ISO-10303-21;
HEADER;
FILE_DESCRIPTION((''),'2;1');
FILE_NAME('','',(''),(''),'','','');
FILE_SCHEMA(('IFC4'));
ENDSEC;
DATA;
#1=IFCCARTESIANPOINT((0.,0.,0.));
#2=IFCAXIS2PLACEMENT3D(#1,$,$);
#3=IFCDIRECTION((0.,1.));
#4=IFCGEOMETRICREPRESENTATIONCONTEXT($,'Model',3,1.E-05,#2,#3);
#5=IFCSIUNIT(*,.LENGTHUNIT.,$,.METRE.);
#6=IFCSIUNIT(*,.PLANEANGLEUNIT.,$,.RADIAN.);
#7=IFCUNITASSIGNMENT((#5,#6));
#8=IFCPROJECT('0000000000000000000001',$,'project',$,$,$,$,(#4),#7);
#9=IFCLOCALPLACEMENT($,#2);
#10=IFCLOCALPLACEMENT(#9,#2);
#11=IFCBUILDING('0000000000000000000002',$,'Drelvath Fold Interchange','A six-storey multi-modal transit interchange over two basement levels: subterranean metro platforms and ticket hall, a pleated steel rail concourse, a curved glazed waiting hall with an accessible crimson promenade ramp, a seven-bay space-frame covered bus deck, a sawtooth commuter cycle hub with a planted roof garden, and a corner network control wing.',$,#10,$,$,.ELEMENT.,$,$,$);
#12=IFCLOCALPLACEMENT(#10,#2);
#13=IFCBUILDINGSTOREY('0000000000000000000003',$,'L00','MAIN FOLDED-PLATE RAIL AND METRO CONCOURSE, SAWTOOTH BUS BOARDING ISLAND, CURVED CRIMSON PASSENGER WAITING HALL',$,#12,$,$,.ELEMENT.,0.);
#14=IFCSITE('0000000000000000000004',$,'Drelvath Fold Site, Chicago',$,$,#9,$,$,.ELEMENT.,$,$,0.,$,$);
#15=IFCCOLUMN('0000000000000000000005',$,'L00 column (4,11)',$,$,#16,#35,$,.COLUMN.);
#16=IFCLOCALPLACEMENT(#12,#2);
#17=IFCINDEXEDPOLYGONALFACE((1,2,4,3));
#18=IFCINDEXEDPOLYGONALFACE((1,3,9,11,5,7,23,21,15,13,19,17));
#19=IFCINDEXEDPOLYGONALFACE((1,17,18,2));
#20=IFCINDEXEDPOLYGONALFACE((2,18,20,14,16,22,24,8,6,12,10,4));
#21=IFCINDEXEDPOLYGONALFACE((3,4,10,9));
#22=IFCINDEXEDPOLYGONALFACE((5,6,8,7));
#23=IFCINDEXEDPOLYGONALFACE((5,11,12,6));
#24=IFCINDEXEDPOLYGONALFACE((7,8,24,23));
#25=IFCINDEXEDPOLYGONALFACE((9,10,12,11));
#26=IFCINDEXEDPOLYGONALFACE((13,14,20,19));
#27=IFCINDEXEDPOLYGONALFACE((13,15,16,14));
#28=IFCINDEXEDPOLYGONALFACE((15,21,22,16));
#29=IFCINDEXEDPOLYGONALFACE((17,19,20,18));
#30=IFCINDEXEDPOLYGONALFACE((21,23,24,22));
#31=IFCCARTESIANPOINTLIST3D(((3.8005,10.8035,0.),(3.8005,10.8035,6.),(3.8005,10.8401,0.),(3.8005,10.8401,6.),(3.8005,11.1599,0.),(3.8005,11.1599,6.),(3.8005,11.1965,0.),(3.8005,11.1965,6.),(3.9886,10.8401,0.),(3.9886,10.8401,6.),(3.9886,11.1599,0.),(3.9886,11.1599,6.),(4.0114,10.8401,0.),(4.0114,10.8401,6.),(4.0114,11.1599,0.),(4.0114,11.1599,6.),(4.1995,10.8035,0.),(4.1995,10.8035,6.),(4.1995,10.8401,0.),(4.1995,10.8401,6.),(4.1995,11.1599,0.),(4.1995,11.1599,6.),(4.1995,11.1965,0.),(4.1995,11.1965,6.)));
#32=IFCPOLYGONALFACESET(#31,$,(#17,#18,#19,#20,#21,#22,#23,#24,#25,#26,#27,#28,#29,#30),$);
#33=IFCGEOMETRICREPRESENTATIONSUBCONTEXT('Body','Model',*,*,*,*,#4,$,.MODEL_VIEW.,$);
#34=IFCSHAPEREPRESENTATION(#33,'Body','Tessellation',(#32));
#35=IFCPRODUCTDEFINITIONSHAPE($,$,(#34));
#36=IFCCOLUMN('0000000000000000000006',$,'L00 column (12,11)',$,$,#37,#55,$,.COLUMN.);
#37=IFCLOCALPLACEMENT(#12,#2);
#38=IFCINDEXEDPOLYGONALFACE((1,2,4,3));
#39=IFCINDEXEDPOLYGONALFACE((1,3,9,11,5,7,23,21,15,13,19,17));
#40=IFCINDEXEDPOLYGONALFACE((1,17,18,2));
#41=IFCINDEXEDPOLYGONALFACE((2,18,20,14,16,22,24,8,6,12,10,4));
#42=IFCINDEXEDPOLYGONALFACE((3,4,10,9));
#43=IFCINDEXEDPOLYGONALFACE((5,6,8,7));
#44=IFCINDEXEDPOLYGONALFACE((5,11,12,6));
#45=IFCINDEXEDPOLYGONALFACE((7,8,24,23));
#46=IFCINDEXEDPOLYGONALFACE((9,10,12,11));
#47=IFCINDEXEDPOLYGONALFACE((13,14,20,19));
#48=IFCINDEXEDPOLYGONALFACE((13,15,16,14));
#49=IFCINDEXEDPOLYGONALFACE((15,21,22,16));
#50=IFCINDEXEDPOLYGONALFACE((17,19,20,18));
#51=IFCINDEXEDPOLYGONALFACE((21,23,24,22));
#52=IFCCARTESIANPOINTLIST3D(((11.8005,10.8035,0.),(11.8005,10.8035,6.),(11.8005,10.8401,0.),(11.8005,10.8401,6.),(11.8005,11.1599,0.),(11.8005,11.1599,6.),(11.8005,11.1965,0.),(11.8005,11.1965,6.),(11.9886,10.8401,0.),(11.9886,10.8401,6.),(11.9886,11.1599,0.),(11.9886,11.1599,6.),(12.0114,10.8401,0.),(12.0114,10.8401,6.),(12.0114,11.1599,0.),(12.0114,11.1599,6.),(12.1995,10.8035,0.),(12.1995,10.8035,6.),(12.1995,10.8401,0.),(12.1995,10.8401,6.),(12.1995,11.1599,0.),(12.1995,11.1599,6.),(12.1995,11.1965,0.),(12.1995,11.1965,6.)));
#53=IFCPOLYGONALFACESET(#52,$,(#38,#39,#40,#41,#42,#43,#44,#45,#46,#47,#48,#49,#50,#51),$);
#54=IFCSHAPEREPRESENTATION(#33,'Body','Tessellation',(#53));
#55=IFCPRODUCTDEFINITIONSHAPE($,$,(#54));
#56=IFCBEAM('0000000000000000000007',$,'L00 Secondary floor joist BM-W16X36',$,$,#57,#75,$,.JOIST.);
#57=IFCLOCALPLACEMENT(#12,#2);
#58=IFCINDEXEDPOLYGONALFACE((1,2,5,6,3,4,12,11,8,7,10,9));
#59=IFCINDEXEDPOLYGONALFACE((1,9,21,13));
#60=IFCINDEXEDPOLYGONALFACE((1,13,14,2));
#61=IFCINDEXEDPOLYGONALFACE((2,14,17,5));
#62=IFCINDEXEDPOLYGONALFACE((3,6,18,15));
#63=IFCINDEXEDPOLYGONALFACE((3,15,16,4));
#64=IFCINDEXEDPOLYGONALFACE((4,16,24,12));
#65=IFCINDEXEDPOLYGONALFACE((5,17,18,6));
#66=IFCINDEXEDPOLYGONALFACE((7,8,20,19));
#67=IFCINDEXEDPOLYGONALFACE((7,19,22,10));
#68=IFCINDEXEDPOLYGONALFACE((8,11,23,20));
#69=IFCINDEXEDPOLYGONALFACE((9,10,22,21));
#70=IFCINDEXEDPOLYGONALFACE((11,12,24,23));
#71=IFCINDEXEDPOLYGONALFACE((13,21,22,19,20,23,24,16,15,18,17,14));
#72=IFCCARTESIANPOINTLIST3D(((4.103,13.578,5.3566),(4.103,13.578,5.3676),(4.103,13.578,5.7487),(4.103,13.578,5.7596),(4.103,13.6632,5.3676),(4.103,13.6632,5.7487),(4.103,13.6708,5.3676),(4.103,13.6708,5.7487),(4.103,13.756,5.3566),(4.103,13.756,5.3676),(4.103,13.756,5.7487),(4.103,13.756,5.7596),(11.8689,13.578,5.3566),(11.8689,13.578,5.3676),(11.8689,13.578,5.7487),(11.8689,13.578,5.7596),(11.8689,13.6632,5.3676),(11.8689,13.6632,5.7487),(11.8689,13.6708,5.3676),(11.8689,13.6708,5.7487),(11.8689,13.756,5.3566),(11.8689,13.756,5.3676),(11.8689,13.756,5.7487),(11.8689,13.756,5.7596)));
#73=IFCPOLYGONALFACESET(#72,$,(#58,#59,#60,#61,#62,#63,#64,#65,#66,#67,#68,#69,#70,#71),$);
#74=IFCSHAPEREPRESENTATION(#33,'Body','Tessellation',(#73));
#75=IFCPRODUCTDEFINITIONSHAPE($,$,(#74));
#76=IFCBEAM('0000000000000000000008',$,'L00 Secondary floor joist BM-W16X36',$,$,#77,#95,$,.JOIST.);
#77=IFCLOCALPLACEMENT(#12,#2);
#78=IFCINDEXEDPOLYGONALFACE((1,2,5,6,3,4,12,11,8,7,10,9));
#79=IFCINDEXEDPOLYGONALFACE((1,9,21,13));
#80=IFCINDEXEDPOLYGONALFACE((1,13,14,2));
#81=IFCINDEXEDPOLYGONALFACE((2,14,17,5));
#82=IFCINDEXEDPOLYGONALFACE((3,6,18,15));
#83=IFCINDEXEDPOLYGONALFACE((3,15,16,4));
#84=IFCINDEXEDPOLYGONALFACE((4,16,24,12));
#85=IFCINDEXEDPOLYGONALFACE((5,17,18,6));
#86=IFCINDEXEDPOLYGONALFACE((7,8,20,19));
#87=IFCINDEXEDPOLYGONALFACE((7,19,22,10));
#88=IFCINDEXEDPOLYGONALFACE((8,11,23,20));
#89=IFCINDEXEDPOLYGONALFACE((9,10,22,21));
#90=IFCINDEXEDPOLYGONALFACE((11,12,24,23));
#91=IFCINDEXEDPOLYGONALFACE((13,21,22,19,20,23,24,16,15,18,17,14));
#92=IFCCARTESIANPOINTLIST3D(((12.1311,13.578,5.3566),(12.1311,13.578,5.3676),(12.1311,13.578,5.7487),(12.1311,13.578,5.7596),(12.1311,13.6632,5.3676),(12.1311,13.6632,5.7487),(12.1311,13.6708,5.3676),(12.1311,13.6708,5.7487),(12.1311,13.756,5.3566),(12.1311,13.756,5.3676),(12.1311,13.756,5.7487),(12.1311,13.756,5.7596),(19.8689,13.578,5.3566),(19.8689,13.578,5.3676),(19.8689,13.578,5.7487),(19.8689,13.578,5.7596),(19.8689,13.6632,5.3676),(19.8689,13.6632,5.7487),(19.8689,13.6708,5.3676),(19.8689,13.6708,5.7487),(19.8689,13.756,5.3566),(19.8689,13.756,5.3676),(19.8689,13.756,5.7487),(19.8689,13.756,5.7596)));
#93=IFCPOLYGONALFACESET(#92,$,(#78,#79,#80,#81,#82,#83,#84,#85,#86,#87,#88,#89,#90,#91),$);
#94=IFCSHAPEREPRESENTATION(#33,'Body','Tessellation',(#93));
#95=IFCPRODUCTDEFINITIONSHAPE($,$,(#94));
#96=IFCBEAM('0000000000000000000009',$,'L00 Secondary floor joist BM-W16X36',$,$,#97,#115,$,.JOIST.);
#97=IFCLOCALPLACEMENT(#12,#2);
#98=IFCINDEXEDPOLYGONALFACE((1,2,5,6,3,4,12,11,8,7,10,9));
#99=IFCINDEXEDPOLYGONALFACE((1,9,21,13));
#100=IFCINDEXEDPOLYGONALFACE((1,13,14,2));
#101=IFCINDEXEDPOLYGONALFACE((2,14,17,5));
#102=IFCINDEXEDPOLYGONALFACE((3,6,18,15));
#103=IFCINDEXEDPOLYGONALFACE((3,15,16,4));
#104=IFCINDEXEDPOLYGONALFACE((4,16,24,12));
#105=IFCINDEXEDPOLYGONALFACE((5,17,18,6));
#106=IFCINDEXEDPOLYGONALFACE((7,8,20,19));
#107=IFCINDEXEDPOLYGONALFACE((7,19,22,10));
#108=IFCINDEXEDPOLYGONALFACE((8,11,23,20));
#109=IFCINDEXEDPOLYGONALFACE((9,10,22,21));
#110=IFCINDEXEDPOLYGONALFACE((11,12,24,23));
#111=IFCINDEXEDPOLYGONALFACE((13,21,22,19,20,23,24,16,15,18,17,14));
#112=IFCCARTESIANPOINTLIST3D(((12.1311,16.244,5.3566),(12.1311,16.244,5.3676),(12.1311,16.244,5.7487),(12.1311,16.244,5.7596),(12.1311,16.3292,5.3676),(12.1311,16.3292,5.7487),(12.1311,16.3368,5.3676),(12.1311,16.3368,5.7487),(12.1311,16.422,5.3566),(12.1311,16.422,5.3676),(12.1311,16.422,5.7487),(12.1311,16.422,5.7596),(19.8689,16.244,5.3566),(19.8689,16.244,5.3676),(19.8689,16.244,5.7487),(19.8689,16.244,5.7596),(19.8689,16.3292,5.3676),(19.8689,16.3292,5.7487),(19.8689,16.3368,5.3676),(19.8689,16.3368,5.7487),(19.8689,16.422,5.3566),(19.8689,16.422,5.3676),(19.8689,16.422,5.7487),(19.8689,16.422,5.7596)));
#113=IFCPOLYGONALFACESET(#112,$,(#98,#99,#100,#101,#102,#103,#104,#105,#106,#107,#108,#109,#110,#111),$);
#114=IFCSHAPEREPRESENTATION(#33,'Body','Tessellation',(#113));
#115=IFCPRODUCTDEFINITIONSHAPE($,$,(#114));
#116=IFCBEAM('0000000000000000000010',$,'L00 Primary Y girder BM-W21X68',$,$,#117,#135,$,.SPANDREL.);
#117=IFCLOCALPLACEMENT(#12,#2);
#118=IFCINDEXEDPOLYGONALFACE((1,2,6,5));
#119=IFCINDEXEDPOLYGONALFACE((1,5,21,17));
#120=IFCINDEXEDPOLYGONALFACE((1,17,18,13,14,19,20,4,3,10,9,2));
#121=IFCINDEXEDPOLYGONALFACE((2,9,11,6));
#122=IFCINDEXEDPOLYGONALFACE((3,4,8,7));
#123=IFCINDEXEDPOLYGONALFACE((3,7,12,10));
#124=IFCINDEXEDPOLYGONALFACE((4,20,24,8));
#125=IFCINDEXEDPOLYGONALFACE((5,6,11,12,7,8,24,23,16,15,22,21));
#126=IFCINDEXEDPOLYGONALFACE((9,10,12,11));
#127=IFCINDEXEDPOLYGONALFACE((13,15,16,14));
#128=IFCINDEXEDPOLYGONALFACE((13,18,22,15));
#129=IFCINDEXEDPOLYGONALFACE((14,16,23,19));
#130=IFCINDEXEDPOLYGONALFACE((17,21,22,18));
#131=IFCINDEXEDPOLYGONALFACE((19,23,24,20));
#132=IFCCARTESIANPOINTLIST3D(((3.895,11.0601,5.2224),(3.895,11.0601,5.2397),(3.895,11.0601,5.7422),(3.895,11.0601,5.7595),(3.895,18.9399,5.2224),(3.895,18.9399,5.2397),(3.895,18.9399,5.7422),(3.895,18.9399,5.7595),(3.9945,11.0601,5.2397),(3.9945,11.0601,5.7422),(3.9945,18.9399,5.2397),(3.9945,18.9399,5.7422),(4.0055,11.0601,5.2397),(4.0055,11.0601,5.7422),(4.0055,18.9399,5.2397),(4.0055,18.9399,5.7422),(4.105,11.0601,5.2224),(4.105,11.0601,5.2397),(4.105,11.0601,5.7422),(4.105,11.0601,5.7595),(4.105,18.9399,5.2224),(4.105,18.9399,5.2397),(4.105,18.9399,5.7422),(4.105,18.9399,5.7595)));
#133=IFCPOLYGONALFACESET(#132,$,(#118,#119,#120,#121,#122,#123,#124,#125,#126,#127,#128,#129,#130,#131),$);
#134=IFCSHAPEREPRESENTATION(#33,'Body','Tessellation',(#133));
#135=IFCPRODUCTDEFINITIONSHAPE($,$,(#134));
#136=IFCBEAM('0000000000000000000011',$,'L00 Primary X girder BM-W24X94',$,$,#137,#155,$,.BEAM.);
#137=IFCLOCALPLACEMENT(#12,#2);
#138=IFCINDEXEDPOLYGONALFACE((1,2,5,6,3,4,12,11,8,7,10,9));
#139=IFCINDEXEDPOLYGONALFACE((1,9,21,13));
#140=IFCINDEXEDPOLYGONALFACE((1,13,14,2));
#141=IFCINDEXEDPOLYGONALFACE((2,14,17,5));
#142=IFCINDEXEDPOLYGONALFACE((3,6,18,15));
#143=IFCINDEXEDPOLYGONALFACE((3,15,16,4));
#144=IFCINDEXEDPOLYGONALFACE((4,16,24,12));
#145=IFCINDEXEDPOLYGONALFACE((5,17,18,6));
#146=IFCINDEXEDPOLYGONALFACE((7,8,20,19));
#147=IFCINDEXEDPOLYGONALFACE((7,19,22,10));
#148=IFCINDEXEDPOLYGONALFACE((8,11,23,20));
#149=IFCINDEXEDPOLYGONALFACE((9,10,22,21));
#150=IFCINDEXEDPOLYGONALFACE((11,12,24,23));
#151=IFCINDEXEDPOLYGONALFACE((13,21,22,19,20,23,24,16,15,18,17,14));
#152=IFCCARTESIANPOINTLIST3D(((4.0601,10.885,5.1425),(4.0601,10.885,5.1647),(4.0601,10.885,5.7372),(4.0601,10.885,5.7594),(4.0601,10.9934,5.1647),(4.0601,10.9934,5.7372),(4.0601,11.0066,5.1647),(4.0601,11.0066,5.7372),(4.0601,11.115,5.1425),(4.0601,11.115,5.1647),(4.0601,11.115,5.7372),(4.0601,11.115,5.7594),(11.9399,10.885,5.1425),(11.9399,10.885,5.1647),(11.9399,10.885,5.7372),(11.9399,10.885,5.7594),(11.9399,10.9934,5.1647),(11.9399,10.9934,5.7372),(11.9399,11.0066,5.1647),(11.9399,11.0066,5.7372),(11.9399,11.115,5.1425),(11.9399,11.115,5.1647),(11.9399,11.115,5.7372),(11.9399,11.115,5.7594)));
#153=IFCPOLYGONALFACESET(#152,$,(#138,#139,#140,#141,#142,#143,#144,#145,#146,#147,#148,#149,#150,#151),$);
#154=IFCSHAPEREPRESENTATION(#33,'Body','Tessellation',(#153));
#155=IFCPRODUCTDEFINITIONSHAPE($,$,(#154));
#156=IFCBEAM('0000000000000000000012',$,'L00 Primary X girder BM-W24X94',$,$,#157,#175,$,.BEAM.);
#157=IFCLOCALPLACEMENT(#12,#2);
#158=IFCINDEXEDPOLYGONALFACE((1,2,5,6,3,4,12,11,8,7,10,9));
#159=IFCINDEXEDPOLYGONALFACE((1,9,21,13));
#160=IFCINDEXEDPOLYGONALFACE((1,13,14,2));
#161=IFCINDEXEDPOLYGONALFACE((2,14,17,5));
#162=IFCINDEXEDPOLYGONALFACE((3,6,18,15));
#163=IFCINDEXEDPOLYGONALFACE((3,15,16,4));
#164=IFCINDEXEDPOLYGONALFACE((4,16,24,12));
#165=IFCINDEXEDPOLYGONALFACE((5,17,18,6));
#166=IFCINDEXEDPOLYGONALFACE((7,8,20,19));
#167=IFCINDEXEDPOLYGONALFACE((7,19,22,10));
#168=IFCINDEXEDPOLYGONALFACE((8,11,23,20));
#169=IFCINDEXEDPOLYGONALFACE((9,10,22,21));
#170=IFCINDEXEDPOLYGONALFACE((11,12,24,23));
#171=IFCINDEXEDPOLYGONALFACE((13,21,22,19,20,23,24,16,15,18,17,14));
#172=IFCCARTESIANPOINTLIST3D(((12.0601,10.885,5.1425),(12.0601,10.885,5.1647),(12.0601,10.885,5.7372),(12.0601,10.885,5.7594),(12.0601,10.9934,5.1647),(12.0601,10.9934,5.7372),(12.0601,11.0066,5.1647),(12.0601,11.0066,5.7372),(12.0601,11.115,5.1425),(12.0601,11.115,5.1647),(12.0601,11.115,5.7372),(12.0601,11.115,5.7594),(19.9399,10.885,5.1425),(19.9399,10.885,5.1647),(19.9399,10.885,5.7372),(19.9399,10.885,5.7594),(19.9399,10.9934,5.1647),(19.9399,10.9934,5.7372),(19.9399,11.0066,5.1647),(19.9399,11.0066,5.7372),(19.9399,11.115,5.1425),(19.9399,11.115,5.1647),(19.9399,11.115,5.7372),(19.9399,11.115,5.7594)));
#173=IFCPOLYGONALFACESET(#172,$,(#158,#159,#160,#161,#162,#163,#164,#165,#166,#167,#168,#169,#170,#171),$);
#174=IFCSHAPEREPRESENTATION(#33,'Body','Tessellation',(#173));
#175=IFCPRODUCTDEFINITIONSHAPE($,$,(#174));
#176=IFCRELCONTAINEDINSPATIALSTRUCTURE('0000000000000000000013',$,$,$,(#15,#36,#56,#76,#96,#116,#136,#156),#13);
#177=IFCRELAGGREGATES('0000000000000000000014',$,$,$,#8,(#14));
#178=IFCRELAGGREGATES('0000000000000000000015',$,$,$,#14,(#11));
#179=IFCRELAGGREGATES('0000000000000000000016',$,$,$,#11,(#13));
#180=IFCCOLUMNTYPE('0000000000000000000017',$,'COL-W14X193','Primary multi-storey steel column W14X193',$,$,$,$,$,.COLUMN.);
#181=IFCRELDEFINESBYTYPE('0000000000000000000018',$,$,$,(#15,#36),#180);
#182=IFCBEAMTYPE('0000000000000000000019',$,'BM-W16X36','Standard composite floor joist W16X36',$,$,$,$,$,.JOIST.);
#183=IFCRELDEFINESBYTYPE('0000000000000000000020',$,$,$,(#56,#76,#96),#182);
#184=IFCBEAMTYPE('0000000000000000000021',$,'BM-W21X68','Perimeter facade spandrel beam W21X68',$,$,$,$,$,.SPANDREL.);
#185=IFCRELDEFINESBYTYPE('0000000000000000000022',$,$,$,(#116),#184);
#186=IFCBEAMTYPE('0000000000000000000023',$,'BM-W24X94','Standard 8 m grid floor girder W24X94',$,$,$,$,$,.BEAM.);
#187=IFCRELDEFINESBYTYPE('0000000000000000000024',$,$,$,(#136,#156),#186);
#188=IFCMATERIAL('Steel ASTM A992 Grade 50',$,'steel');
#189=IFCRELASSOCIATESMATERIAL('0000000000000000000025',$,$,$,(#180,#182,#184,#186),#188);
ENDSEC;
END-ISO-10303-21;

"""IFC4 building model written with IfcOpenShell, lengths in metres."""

from ifc_helpers import new_model, si_unit, direction, frame, origin, origin_2d, place, context, subcontext, project, spatial, i_section, extrude, material, material_profile, profile_set, type_object, element, save


model = new_model("IFC4")

# Units and contexts
model_context = context("Model", 3, precision=1e-05, world=origin(), true_north=direction((0.0, 1.0)))
body_context = subcontext(model_context, "Body", "Model", "MODEL_VIEW")
ifc_project = project(units=[si_unit("LENGTHUNIT", "METRE"), si_unit("PLANEANGLEUNIT", "RADIAN")], contexts=[model_context])

# Site, building, storey
site_placement = place(None, origin())
site = spatial("IfcSite", under=ifc_project, at=site_placement, Name="Drelvath Fold Site, Chicago", CompositionType="ELEMENT", RefElevation=0.0)
building_placement = place(site_placement, origin())
building = spatial("IfcBuilding", under=site, at=building_placement, Name="Drelvath Fold Interchange", Description="A six-storey multi-modal transit interchange over two basement levels: subterranean metro platforms and ticket hall, a pleated steel rail concourse, a curved glazed waiting hall with an accessible crimson promenade ramp, a seven-bay space-frame covered bus deck, a sawtooth commuter cycle hub with a planted roof garden, and a corner network control wing.", CompositionType="ELEMENT")
storey_placement = place(building_placement, origin())
storey = spatial("IfcBuildingStorey", under=building, at=storey_placement, Name="L00", Description="MAIN FOLDED-PLATE RAIL AND METRO CONCOURSE, SAWTOOTH BUS BOARDING ISLAND, CURVED CRIMSON PASSENGER WAITING HALL", CompositionType="ELEMENT", Elevation=0.0)

# Columns
ifc_material_1 = material(Name="Steel ASTM A992 Grade 50", Category="steel")
ifc_material_profile_1 = material_profile(ifc_material_1, i_section(OverallWidth=0.3989, OverallDepth=0.3931, WebThickness=0.0227, FlangeThickness=0.0366, at=origin_2d()), Name="W14X193")
ifc_profile_set_1 = profile_set([ifc_material_profile_1], Name="Steel ASTM A992 Grade 50")
column_type = type_object("IfcColumnType", Name="COL-W14X193", Description="Primary multi-storey steel column W14X193", PredefinedType="COLUMN", material=ifc_profile_set_1)
for number, where, z_axis, x_axis, name in (
    (1, (4.0, 11.0, 0.0), (0.0, 0.0, 1.0), (1.0, 0.0, 0.0), "L00 column (4,11)"),
    (2, (12.0, 11.0, 0.0), (0.0, 0.0, 1.0), (1.0, 0.0, 0.0), "L00 column (12,11)"),
):
    element("IfcColumn", number, at=place(storey_placement, frame(where, z_axis=z_axis, x_axis=x_axis)), inside=storey, type_object=column_type, Name=name, PredefinedType="COLUMN", context=body_context, shape_type="SweptSolid", body=[
        extrude(i_section(OverallWidth=0.3989, OverallDepth=0.3931, WebThickness=0.0227, FlangeThickness=0.0366, at=origin_2d()), origin(), (0.0, 0.0, 1.0), 6.0),
    ])

# Beams
ifc_material_profile_2 = material_profile(ifc_material_1, i_section(OverallWidth=0.178, OverallDepth=0.4031, WebThickness=0.0076, FlangeThickness=0.011, at=origin_2d()), Name="W16X36")
ifc_profile_set_2 = profile_set([ifc_material_profile_2], Name="Steel ASTM A992 Grade 50")
beam_type_1 = type_object("IfcBeamType", Name="BM-W16X36", Description="Standard composite floor joist W16X36", PredefinedType="JOIST", material=ifc_profile_set_2)
beam_1_placement = place(storey_placement, frame((4.103, 13.667, 5.5581), z_axis=(1.0, 0.0, 0.0), x_axis=(0.0, 1.0, 0.0)))
element("IfcBeam", 3, at=beam_1_placement, inside=storey, type_object=beam_type_1, Name="L00 Secondary floor joist BM-W16X36", PredefinedType="JOIST", context=body_context, shape_type="SweptSolid", body=[
    extrude(i_section(OverallWidth=0.178, OverallDepth=0.4031, WebThickness=0.0076, FlangeThickness=0.011, at=origin_2d()), origin(), (0.0, 0.0, 1.0), 7.7659),
])
for number, where, z_axis, x_axis, name in (
    (4, (12.1311, 13.667, 5.5581), (1.0, 0.0, 0.0), (0.0, 1.0, 0.0), "L00 Secondary floor joist BM-W16X36"),
    (5, (12.1311, 16.333, 5.5581), (1.0, 0.0, 0.0), (0.0, 1.0, 0.0), "L00 Secondary floor joist BM-W16X36"),
):
    element("IfcBeam", number, at=place(storey_placement, frame(where, z_axis=z_axis, x_axis=x_axis)), inside=storey, type_object=beam_type_1, Name=name, PredefinedType="JOIST", context=body_context, shape_type="SweptSolid", body=[
        extrude(i_section(OverallWidth=0.178, OverallDepth=0.4031, WebThickness=0.0076, FlangeThickness=0.011, at=origin_2d()), origin(), (0.0, 0.0, 1.0), 7.7378),
    ])
ifc_material_profile_3 = material_profile(ifc_material_1, i_section(OverallWidth=0.21, OverallDepth=0.5371, WebThickness=0.011, FlangeThickness=0.0173, at=origin_2d()), Name="W21X68")
ifc_profile_set_3 = profile_set([ifc_material_profile_3], Name="Steel ASTM A992 Grade 50")
beam_type_2 = type_object("IfcBeamType", Name="BM-W21X68", Description="Perimeter facade spandrel beam W21X68", PredefinedType="SPANDREL", material=ifc_profile_set_3)
beam_2_placement = place(storey_placement, frame((4.0, 11.0601, 5.491), z_axis=(0.0, 1.0, 0.0), x_axis=(-1.0, 0.0, 0.0)))
element("IfcBeam", 6, at=beam_2_placement, inside=storey, type_object=beam_type_2, Name="L00 Primary Y girder BM-W21X68", PredefinedType="SPANDREL", context=body_context, shape_type="SweptSolid", body=[
    extrude(i_section(OverallWidth=0.21, OverallDepth=0.5371, WebThickness=0.011, FlangeThickness=0.0173, at=origin_2d()), origin(), (0.0, 0.0, 1.0), 7.8799),
])
ifc_material_profile_4 = material_profile(ifc_material_1, i_section(OverallWidth=0.23, OverallDepth=0.6169, WebThickness=0.0132, FlangeThickness=0.0222, at=origin_2d()), Name="W24X94")
ifc_profile_set_4 = profile_set([ifc_material_profile_4], Name="Steel ASTM A992 Grade 50")
beam_type_3 = type_object("IfcBeamType", Name="BM-W24X94", Description="Standard 8 m grid floor girder W24X94", PredefinedType="BEAM", material=ifc_profile_set_4)
for number, where, z_axis, x_axis, name in (
    (7, (4.0601, 11.0, 5.4509), (1.0, 0.0, 0.0), (0.0, 1.0, 0.0), "L00 Primary X girder BM-W24X94"),
    (8, (12.0601, 11.0, 5.4509), (1.0, 0.0, 0.0), (0.0, 1.0, 0.0), "L00 Primary X girder BM-W24X94"),
):
    element("IfcBeam", number, at=place(storey_placement, frame(where, z_axis=z_axis, x_axis=x_axis)), inside=storey, type_object=beam_type_3, Name=name, PredefinedType="BEAM", context=body_context, shape_type="SweptSolid", body=[
        extrude(i_section(OverallWidth=0.23, OverallDepth=0.6169, WebThickness=0.0132, FlangeThickness=0.0222, at=origin_2d()), origin(), (0.0, 0.0, 1.0), 7.8799),
    ])

save(model, "model.ifc")
